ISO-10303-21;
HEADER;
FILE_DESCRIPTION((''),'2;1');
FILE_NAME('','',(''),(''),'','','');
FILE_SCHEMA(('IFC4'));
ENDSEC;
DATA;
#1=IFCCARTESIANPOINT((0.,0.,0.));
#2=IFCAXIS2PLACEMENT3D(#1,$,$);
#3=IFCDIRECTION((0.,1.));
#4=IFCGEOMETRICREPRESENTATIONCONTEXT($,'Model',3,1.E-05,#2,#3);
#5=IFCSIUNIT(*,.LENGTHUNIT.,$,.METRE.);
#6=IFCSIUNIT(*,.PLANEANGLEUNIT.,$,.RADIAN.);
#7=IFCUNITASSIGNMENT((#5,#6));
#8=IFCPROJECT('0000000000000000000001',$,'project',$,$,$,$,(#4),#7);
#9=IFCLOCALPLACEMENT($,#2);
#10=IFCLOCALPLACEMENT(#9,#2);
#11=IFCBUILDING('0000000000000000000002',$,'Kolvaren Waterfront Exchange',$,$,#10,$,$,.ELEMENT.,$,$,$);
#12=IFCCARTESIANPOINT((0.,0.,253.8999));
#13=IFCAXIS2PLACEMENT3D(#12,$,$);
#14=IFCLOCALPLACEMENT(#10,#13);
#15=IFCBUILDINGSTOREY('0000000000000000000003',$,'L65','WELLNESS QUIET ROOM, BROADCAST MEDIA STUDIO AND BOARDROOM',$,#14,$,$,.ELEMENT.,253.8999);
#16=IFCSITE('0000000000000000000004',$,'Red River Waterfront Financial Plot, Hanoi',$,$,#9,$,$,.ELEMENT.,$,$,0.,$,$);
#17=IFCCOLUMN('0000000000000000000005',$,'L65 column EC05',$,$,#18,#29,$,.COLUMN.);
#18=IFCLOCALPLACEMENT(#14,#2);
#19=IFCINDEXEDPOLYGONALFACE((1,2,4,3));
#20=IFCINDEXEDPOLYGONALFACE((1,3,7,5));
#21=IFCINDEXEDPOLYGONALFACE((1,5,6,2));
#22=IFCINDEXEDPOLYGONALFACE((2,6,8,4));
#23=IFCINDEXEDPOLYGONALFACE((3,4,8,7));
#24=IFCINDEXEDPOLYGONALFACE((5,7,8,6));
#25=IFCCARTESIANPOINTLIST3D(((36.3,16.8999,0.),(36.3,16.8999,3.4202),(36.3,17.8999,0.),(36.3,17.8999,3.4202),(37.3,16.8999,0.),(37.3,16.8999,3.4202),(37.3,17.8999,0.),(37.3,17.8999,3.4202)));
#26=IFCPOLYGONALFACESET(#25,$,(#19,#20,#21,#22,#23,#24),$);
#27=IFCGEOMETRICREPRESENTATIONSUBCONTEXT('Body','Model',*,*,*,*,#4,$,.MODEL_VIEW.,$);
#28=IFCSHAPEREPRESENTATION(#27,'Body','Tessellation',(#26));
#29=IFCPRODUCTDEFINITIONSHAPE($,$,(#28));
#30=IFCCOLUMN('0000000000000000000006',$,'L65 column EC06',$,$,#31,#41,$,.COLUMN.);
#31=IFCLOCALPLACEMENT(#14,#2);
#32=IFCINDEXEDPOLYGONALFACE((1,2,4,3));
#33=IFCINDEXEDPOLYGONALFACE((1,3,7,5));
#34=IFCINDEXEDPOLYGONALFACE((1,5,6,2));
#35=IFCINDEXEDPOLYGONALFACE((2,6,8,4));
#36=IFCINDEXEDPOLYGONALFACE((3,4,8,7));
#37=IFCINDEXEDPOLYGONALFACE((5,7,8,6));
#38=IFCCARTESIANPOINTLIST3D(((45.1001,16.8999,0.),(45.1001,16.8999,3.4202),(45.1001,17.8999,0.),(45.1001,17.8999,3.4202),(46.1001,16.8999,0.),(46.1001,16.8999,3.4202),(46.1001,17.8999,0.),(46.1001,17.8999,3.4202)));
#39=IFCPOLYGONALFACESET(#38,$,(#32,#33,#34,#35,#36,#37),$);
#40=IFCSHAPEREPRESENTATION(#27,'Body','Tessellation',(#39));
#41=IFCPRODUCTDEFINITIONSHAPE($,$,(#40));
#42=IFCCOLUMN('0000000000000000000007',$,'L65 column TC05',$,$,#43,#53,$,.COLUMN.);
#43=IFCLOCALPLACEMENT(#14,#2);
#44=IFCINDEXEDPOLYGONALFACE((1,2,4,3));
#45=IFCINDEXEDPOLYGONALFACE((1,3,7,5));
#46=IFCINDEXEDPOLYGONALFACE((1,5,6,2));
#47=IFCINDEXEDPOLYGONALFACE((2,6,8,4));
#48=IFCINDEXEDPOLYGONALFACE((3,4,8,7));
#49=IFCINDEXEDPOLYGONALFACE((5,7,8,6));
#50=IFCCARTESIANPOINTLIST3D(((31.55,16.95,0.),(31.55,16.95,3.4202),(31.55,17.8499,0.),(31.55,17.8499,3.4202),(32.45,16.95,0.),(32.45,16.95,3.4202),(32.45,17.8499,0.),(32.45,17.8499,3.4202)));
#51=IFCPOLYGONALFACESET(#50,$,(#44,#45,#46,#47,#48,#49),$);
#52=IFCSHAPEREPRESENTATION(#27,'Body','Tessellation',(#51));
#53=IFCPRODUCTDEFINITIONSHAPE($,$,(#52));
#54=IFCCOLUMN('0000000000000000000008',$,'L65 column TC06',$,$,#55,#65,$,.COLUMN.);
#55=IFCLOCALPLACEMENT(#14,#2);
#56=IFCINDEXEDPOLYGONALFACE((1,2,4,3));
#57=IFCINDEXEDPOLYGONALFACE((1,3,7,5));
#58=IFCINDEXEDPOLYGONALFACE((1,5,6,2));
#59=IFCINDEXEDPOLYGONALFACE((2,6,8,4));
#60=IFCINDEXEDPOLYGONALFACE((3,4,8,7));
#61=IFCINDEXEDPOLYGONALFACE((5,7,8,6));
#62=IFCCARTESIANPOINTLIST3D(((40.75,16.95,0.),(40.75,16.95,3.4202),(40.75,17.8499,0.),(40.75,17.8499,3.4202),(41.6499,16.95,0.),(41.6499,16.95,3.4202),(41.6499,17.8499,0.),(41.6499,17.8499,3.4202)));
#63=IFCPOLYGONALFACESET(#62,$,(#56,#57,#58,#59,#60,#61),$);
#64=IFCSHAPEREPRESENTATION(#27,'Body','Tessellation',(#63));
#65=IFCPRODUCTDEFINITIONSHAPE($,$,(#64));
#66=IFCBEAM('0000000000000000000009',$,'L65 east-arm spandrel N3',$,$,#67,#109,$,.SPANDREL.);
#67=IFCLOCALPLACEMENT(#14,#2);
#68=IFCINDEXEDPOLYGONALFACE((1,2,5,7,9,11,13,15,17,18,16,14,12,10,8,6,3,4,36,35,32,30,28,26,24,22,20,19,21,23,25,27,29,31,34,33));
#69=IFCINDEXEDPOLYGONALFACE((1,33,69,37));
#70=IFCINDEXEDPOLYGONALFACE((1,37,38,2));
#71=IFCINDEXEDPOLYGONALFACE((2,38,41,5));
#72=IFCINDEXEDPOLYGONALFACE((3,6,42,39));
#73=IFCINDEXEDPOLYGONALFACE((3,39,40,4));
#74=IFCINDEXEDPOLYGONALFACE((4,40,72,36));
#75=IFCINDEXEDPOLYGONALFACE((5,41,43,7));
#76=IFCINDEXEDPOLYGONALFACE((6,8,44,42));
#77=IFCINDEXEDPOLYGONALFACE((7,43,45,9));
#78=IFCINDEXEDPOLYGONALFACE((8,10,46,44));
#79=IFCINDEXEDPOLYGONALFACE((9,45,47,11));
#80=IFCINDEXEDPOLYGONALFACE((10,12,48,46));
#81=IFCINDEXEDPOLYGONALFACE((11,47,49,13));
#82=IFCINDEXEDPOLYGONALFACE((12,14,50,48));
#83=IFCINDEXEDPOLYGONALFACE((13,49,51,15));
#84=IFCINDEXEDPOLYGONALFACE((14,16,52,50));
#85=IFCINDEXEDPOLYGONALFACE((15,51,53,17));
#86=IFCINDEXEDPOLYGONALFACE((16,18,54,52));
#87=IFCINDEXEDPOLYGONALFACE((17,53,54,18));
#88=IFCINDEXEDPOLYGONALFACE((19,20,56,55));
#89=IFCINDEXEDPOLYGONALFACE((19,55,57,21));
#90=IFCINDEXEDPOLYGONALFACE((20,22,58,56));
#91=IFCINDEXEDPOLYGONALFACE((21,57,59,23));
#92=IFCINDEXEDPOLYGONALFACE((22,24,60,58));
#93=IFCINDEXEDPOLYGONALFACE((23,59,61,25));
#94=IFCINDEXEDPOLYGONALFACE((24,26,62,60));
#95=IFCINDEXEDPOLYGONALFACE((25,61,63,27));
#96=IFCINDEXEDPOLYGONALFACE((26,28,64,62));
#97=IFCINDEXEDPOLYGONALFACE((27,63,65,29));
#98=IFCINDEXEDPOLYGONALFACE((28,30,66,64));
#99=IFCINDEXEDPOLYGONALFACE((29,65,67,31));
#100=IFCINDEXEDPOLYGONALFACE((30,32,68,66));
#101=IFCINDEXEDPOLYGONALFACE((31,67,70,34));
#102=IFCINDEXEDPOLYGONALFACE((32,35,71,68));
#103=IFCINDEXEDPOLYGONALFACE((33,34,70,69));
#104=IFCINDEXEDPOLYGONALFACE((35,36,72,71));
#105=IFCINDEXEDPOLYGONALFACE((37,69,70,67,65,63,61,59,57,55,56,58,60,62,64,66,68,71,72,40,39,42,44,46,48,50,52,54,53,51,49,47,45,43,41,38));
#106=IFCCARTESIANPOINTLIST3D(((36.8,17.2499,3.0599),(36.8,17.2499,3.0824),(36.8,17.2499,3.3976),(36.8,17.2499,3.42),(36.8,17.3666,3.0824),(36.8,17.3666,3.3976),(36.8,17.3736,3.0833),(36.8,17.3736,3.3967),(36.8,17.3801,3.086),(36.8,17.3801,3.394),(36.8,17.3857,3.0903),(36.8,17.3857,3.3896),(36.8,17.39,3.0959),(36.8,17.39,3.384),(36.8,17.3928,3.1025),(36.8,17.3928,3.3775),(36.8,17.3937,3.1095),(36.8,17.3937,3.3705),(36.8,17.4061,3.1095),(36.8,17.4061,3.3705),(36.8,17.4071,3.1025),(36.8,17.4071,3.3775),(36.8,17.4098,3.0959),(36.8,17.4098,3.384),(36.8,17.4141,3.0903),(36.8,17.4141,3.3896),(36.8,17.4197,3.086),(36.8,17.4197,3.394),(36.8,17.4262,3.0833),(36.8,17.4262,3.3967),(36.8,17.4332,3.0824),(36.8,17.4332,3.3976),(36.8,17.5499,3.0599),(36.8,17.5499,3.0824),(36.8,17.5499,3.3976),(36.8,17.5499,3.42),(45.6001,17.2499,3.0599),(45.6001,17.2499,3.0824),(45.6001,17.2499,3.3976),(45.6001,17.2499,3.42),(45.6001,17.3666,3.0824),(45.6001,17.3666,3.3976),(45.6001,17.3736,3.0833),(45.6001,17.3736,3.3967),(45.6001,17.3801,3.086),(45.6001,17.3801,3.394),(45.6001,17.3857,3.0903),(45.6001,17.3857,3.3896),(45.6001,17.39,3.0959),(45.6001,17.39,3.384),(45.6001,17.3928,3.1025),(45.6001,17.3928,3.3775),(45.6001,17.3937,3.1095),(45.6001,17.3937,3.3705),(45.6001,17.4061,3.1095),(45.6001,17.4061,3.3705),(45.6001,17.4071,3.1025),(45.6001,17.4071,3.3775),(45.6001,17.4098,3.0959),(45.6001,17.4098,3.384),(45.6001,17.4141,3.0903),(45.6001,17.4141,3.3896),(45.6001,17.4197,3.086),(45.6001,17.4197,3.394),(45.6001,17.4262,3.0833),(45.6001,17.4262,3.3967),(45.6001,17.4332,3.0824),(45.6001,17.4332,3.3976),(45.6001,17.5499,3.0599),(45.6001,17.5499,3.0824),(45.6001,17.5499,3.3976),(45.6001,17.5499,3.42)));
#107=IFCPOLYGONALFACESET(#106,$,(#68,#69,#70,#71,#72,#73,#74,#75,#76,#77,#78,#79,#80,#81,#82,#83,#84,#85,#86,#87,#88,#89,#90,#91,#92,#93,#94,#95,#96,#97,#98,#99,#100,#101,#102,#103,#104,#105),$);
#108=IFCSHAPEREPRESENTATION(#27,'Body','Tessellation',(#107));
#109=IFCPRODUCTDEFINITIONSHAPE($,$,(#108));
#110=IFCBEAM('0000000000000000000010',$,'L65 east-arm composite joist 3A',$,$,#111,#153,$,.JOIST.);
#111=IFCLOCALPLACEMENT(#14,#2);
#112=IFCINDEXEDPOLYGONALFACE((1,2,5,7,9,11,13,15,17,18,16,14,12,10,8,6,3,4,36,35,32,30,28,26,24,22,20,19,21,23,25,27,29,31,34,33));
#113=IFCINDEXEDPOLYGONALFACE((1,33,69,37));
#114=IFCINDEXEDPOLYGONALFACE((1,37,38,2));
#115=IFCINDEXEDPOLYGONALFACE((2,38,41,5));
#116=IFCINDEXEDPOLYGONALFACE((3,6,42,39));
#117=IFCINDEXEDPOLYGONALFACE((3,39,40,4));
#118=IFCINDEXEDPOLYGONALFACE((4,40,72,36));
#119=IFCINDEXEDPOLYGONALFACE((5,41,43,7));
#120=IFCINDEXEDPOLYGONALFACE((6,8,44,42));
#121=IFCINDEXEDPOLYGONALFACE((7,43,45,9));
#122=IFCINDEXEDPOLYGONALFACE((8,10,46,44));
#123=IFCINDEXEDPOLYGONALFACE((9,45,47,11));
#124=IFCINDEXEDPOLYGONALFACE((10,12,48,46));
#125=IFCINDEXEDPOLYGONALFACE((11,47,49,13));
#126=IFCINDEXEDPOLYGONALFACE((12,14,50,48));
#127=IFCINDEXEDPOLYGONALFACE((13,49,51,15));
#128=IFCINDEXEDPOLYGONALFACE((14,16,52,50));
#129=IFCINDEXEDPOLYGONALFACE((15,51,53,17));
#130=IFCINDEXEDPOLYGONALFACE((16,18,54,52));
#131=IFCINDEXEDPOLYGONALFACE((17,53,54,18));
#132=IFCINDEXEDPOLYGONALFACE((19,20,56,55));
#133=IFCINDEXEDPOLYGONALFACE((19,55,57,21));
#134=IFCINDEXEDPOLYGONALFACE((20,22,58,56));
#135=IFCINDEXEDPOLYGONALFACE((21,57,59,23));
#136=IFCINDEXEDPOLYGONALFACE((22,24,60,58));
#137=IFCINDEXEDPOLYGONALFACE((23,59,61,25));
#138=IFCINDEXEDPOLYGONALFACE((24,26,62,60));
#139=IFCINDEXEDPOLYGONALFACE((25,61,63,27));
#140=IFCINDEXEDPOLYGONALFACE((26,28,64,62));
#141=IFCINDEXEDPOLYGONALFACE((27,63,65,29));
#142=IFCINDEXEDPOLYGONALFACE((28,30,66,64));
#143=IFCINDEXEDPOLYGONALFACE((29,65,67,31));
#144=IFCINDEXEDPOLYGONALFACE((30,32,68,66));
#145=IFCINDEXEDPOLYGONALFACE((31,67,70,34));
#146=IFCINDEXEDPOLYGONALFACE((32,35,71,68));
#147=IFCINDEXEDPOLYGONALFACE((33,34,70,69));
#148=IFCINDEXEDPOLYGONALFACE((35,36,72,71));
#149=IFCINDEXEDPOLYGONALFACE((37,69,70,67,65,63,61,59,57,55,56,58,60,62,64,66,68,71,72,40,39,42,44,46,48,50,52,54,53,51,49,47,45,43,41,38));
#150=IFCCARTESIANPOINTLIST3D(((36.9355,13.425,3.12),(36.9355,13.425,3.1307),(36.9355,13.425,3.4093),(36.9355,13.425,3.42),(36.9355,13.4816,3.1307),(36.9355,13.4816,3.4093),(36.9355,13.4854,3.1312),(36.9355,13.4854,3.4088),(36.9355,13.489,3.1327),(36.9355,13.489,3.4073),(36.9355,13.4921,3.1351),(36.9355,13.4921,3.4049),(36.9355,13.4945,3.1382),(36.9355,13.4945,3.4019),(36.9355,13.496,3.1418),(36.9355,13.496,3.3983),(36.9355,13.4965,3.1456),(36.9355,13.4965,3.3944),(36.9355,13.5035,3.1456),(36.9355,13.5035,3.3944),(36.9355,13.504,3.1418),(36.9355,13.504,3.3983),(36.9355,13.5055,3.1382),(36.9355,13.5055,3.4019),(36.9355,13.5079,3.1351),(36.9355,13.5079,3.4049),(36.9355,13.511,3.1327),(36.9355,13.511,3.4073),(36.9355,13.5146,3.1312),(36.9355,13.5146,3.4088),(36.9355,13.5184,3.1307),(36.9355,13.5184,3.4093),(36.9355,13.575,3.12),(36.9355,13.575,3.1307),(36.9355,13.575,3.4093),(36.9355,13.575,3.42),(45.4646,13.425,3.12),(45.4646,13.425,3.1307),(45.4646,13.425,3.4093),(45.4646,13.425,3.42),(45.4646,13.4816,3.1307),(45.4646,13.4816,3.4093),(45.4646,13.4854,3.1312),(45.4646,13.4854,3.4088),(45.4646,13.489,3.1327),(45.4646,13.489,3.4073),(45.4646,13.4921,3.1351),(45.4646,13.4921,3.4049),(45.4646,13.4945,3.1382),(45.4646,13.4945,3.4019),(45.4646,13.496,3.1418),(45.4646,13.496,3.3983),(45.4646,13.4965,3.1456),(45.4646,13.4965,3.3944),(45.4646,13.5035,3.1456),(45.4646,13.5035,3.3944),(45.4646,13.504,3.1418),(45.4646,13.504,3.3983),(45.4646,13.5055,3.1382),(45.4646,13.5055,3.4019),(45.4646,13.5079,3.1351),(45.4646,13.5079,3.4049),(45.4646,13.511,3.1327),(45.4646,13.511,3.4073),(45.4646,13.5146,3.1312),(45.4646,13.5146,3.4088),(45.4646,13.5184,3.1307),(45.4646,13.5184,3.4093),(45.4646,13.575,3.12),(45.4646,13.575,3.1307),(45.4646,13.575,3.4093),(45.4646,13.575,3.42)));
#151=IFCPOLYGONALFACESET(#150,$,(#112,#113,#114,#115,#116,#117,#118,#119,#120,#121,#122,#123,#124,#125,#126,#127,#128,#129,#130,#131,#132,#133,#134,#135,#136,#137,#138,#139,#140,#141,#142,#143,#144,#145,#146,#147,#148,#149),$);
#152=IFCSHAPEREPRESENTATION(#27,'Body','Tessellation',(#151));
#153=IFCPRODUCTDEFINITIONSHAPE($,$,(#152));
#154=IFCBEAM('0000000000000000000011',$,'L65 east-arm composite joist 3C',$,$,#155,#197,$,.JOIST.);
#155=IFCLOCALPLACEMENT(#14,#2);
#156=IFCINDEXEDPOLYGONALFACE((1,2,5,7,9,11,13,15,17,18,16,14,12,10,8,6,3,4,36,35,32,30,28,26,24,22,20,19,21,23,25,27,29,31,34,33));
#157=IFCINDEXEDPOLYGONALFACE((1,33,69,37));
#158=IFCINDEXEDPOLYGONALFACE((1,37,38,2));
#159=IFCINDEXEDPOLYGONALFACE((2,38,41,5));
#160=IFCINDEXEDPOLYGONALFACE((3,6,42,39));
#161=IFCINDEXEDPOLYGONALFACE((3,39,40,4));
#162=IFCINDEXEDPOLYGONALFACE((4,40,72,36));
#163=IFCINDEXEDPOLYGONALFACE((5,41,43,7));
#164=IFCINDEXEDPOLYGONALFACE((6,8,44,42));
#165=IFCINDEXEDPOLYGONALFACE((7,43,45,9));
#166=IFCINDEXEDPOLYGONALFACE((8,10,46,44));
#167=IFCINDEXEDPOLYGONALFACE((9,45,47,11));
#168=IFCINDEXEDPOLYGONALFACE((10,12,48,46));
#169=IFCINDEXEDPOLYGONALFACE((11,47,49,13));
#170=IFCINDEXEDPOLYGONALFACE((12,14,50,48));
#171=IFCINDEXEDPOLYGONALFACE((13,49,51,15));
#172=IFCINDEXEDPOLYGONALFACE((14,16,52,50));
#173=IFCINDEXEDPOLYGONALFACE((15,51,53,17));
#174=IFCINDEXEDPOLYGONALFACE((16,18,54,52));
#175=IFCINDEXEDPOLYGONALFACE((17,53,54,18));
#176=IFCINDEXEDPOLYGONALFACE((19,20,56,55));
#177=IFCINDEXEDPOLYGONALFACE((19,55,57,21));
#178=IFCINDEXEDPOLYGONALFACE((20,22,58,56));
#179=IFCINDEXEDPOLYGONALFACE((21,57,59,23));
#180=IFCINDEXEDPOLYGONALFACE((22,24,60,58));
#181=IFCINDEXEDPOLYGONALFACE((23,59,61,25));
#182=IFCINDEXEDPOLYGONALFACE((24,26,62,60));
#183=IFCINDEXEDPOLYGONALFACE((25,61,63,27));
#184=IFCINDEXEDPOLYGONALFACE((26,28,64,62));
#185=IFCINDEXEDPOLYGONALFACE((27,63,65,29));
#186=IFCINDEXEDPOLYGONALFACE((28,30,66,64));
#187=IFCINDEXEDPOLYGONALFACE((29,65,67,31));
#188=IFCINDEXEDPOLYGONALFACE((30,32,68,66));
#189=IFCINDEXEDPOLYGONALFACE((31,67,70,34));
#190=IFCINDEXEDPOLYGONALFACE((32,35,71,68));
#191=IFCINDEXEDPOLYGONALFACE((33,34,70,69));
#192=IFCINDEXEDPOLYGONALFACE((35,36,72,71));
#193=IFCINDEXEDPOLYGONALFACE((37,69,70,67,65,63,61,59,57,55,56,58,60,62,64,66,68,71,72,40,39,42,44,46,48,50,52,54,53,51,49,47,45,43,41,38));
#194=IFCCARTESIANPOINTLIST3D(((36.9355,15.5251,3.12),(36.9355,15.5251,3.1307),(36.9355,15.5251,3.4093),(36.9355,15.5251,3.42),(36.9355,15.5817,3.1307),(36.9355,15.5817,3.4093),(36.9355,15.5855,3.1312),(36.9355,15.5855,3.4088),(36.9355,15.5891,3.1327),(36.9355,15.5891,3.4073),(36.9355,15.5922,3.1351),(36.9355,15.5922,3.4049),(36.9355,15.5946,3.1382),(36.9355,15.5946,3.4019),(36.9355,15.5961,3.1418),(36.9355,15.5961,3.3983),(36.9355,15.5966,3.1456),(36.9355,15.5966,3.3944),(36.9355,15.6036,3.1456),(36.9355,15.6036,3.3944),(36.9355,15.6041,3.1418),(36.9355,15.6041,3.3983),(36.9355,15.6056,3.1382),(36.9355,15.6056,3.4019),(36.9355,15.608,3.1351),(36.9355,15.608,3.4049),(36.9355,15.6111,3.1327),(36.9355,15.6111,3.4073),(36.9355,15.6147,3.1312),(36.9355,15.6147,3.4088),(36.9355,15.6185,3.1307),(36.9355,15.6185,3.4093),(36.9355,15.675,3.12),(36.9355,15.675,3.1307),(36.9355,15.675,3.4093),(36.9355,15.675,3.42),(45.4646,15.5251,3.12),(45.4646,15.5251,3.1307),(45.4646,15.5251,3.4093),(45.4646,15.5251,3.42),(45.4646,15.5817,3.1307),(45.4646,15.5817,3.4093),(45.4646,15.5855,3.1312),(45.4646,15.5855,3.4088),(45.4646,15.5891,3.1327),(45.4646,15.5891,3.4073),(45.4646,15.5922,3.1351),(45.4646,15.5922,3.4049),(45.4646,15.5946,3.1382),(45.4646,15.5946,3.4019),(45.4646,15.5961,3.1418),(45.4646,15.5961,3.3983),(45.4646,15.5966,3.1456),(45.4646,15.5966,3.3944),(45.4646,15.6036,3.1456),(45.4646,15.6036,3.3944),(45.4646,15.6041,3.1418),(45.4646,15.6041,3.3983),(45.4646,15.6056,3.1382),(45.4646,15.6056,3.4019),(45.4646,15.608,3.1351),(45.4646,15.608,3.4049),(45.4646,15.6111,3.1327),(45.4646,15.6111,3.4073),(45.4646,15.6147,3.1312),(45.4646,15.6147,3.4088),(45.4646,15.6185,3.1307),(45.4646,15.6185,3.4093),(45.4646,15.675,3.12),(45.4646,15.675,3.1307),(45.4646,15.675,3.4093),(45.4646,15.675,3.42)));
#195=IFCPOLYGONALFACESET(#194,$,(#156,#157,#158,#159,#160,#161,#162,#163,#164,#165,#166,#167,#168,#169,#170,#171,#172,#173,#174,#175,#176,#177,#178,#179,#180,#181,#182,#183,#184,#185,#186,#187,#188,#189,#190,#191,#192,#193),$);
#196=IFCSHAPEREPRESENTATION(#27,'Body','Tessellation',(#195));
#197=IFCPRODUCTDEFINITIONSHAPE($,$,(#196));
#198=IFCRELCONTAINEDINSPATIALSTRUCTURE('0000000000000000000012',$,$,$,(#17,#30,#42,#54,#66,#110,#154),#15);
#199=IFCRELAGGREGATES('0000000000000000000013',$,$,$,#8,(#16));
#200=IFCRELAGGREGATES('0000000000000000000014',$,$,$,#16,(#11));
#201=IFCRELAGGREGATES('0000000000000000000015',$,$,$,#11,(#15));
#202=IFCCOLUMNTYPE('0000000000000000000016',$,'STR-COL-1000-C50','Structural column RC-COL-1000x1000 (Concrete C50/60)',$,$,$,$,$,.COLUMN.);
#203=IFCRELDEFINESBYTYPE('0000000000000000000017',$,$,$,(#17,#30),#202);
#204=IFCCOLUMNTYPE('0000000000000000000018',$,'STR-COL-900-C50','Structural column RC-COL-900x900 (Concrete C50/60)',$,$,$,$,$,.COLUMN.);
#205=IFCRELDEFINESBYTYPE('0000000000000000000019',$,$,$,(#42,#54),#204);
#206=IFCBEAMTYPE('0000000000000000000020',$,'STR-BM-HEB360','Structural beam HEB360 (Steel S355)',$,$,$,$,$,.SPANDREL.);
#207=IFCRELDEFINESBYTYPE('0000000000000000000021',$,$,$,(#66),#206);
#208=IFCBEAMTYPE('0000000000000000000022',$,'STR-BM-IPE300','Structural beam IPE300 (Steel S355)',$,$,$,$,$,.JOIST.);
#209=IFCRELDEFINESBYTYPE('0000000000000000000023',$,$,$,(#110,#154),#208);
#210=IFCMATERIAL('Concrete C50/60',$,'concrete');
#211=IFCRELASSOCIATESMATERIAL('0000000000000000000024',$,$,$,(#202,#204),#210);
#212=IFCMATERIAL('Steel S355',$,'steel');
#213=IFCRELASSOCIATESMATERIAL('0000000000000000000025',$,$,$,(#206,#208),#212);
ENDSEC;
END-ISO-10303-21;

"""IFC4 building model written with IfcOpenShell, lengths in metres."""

from ifc_helpers import new_model, si_unit, direction, frame, origin, origin_2d, place, context, subcontext, project, spatial, rectangle, i_section, extrude, material, material_profile, profile_set, type_object, element, save


model = new_model("IFC4")

# Units and contexts
model_context = context("Model", 3, precision=1e-05, world=origin(), true_north=direction((0.0, 1.0)))
body_context = subcontext(model_context, "Body", "Model", "MODEL_VIEW")
ifc_project = project(units=[si_unit("LENGTHUNIT", "METRE"), si_unit("PLANEANGLEUNIT", "RADIAN")], contexts=[model_context])

# Site, building, storey
site_placement = place(None, origin())
site = spatial("IfcSite", under=ifc_project, at=site_placement, Name="Red River Waterfront Financial Plot, Hanoi", CompositionType="ELEMENT", RefElevation=0.0)
building_placement = place(site_placement, origin())
building = spatial("IfcBuilding", under=site, at=building_placement, Name="Kolvaren Waterfront Exchange", CompositionType="ELEMENT")
storey_placement = place(building_placement, frame((0.0, 0.0, 253.8999)))
storey = spatial("IfcBuildingStorey", under=building, at=storey_placement, Name="L65", Description="WELLNESS QUIET ROOM, BROADCAST MEDIA STUDIO AND BOARDROOM", CompositionType="ELEMENT", Elevation=253.8999)

# Columns
ifc_material_1 = material(Name="Concrete C50/60", Category="concrete")
ifc_material_profile_1 = material_profile(ifc_material_1, rectangle(XDim=1.0, YDim=1.0, at=origin_2d()), Name="RC-COL-1000x1000")
ifc_profile_set_1 = profile_set([ifc_material_profile_1], Name="Concrete C50/60")
column_type_1 = type_object("IfcColumnType", Name="STR-COL-1000-C50", Description="Structural column RC-COL-1000x1000 (Concrete C50/60)", PredefinedType="COLUMN", material=ifc_profile_set_1)
for number, where, z_axis, x_axis, name in (
    (1, (36.8, 17.3999, 0.0), (0.0, 0.0, 1.0), (1.0, 0.0, 0.0), "L65 column EC05"),
    (2, (45.6001, 17.3999, 0.0), (0.0, 0.0, 1.0), (1.0, 0.0, 0.0), "L65 column EC06"),
):
    element("IfcColumn", number, at=place(storey_placement, frame(where, z_axis=z_axis, x_axis=x_axis)), inside=storey, type_object=column_type_1, Name=name, PredefinedType="COLUMN", context=body_context, shape_type="SweptSolid", body=[
        extrude(rectangle(XDim=1.0, YDim=1.0, at=origin_2d()), origin(), (0.0, 0.0, 1.0), 3.4202),
    ])
ifc_material_profile_2 = material_profile(ifc_material_1, rectangle(XDim=0.8999, YDim=0.8999, at=origin_2d()), Name="RC-COL-900x900")
ifc_profile_set_2 = profile_set([ifc_material_profile_2], Name="Concrete C50/60")
column_type_2 = type_object("IfcColumnType", Name="STR-COL-900-C50", Description="Structural column RC-COL-900x900 (Concrete C50/60)", PredefinedType="COLUMN", material=ifc_profile_set_2)
for number, where, z_axis, x_axis, name in (
    (3, (32.0, 17.3999, 0.0), (0.0, 0.0, 1.0), (1.0, 0.0, 0.0), "L65 column TC05"),
    (4, (41.2, 17.3999, 0.0), (0.0, 0.0, 1.0), (1.0, 0.0, 0.0), "L65 column TC06"),
):
    element("IfcColumn", number, at=place(storey_placement, frame(where, z_axis=z_axis, x_axis=x_axis)), inside=storey, type_object=column_type_2, Name=name, PredefinedType="COLUMN", context=body_context, shape_type="SweptSolid", body=[
        extrude(rectangle(XDim=0.8999, YDim=0.8999, at=origin_2d()), origin(), (0.0, 0.0, 1.0), 3.4202),
    ])

# Beams
ifc_material_2 = material(Name="Steel S355", Category="steel")
ifc_material_profile_3 = material_profile(ifc_material_2, i_section(OverallWidth=0.3, OverallDepth=0.3601, WebThickness=0.0125, FlangeThickness=0.0225, FilletRadius=0.0271, at=origin_2d()), Name="HEB360")
ifc_profile_set_3 = profile_set([ifc_material_profile_3], Name="Steel S355")
beam_type_1 = type_object("IfcBeamType", Name="STR-BM-HEB360", Description="Structural beam HEB360 (Steel S355)", PredefinedType="SPANDREL", material=ifc_profile_set_3)
beam_placement = place(storey_placement, frame((36.8, 17.3999, 3.24), z_axis=(1.0, 0.0, 0.0), x_axis=(0.0, 1.0, 0.0)))
element("IfcBeam", 5, at=beam_placement, inside=storey, type_object=beam_type_1, Name="L65 east-arm spandrel N3", PredefinedType="SPANDREL", context=body_context, shape_type="SweptSolid", body=[
    extrude(i_section(OverallWidth=0.3, OverallDepth=0.3601, WebThickness=0.0125, FlangeThickness=0.0225, FilletRadius=0.0271, at=origin_2d()), origin(), (0.0, 0.0, 1.0), 8.8),
])
ifc_material_profile_4 = material_profile(ifc_material_2, i_section(OverallWidth=0.1499, OverallDepth=0.3, WebThickness=0.0071, FlangeThickness=0.0107, FilletRadius=0.0149, at=origin_2d()), Name="IPE300")
ifc_profile_set_4 = profile_set([ifc_material_profile_4], Name="Steel S355")
beam_type_2 = type_object("IfcBeamType", Name="STR-BM-IPE300", Description="Structural beam IPE300 (Steel S355)", PredefinedType="JOIST", material=ifc_profile_set_4)
for number, where, z_axis, x_axis, name in (
    (6, (36.9355, 13.5, 3.27), (1.0, 0.0, 0.0), (0.0, 1.0, 0.0), "L65 east-arm composite joist 3A"),
    (7, (36.9355, 15.6001, 3.27), (1.0, 0.0, 0.0), (0.0, 1.0, 0.0), "L65 east-arm composite joist 3C"),
):
    element("IfcBeam", number, at=place(storey_placement, frame(where, z_axis=z_axis, x_axis=x_axis)), inside=storey, type_object=beam_type_2, Name=name, PredefinedType="JOIST", context=body_context, shape_type="SweptSolid", body=[
        extrude(i_section(OverallWidth=0.1499, OverallDepth=0.3, WebThickness=0.0071, FlangeThickness=0.0107, FilletRadius=0.0149, at=origin_2d()), origin(), (0.0, 0.0, 1.0), 8.5291),
    ])

save(model, "model.ifc")
